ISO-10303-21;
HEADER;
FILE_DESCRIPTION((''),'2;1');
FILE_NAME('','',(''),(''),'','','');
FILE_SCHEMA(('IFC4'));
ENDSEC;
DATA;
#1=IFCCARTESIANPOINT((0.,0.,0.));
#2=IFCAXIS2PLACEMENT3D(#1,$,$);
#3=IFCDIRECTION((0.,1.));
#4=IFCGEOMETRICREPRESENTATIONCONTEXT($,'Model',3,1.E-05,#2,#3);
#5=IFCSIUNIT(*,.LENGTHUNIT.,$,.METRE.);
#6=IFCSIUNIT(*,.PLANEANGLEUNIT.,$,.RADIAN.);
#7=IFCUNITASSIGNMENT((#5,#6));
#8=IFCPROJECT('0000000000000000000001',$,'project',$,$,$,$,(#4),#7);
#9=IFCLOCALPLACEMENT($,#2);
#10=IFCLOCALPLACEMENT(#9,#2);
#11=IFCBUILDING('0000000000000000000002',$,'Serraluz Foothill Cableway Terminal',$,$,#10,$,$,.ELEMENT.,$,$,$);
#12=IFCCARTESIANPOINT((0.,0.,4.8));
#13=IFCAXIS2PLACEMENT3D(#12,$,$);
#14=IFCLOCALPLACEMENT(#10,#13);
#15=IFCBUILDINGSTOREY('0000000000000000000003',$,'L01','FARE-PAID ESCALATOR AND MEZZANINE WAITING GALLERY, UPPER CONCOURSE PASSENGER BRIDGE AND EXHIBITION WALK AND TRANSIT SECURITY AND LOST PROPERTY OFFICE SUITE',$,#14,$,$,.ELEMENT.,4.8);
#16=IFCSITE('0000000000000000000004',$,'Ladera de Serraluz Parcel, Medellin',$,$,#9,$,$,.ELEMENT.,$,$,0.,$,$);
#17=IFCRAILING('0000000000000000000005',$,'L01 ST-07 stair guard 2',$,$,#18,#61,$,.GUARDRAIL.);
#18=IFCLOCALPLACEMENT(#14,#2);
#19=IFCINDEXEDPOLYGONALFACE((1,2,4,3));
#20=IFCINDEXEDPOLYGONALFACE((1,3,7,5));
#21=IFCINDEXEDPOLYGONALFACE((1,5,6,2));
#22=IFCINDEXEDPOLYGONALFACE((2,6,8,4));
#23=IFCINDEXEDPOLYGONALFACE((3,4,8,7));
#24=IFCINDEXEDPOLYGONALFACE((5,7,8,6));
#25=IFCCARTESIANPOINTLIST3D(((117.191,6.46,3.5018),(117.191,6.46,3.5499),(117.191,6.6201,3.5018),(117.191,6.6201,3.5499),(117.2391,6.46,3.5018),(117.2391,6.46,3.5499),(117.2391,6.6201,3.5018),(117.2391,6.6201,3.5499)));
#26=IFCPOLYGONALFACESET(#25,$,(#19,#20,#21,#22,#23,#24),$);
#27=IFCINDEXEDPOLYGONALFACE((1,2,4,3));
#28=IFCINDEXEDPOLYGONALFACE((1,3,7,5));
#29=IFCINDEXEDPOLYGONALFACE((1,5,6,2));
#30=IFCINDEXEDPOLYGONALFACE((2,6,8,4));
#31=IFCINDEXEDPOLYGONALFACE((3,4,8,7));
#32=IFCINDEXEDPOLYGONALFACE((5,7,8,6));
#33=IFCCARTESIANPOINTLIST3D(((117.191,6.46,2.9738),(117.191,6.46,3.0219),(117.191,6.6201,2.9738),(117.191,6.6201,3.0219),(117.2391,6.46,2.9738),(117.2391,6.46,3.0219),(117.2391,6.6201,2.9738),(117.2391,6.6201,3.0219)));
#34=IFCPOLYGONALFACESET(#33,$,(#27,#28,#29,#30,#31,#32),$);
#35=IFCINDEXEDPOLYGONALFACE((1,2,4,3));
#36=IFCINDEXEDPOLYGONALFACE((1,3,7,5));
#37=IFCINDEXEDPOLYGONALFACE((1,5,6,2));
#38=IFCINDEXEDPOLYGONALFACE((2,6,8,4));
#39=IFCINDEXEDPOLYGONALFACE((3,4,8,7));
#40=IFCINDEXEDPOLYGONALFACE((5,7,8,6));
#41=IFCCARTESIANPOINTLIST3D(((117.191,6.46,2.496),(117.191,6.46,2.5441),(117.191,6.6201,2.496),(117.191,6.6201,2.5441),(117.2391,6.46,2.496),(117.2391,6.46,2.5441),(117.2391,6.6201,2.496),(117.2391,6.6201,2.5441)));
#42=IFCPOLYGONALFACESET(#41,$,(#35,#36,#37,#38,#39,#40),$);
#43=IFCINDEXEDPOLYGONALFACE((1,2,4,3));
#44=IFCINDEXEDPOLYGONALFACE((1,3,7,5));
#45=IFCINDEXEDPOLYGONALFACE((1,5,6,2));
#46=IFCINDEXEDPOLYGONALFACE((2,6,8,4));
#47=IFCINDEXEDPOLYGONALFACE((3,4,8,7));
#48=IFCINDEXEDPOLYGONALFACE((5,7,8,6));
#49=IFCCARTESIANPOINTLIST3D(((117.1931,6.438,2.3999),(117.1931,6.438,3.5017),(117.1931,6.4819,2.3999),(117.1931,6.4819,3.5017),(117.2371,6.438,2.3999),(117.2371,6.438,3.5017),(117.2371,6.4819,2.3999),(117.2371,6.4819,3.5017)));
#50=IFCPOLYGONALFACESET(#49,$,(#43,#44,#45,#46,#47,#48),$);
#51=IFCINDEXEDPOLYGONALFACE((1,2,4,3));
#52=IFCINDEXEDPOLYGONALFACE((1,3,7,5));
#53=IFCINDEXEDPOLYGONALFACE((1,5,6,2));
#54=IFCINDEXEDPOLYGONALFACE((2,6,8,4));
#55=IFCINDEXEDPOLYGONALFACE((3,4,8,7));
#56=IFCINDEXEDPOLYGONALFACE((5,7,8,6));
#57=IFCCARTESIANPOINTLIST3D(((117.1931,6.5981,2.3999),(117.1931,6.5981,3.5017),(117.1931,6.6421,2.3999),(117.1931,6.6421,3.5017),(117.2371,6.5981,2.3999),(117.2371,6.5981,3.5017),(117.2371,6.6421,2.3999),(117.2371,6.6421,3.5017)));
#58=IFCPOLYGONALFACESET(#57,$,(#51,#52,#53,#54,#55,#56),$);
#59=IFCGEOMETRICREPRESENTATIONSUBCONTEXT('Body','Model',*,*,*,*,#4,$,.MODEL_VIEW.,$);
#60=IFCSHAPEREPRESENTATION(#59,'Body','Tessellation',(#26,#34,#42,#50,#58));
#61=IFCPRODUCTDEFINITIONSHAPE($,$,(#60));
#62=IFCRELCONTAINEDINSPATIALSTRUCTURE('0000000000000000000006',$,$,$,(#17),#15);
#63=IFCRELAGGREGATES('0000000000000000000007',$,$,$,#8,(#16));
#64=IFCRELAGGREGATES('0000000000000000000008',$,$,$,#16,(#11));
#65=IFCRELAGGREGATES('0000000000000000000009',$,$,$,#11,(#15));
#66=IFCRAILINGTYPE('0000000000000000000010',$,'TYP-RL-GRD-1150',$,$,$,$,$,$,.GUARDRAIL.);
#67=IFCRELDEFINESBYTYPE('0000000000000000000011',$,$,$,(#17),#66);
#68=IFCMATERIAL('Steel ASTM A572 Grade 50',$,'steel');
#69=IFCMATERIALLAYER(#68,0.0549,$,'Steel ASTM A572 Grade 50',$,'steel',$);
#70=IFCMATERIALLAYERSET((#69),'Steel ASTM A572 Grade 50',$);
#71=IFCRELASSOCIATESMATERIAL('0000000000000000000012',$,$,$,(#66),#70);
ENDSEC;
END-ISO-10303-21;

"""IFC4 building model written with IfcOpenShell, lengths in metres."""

from ifc_helpers import new_model, si_unit, direction, frame, origin, origin_2d, place, context, subcontext, project, spatial, rectangle, extrude, material, layer, layer_set, type_object, element, save


model = new_model("IFC4")

# Units and contexts
model_context = context("Model", 3, precision=1e-05, world=origin(), true_north=direction((0.0, 1.0)))
body_context = subcontext(model_context, "Body", "Model", "MODEL_VIEW")
ifc_project = project(units=[si_unit("LENGTHUNIT", "METRE"), si_unit("PLANEANGLEUNIT", "RADIAN")], contexts=[model_context])

# Site, building, storey
site_placement = place(None, origin())
site = spatial("IfcSite", under=ifc_project, at=site_placement, Name="Ladera de Serraluz Parcel, Medellin", CompositionType="ELEMENT", RefElevation=0.0)
building_placement = place(site_placement, origin())
building = spatial("IfcBuilding", under=site, at=building_placement, Name="Serraluz Foothill Cableway Terminal", CompositionType="ELEMENT")
storey_placement = place(building_placement, frame((0.0, 0.0, 4.8)))
storey = spatial("IfcBuildingStorey", under=building, at=storey_placement, Name="L01", Description="FARE-PAID ESCALATOR AND MEZZANINE WAITING GALLERY, UPPER CONCOURSE PASSENGER BRIDGE AND EXHIBITION WALK AND TRANSIT SECURITY AND LOST PROPERTY OFFICE SUITE", CompositionType="ELEMENT", Elevation=4.8)

# Railing
ifc_material_1 = material(Name="Steel ASTM A572 Grade 50", Category="steel")
ifc_layer_1 = layer(ifc_material_1, 0.0549, Name="Steel ASTM A572 Grade 50", Category="steel")
ifc_layer_set_1 = layer_set([ifc_layer_1], Name="Steel ASTM A572 Grade 50")
railing_type_1 = type_object("IfcRailingType", Name="TYP-RL-GRD-1150", PredefinedType="GUARDRAIL", material=ifc_layer_set_1)
railing_1_placement = place(storey_placement, frame((117.2151, 6.46, 2.3999)))
element("IfcRailing", 1, at=railing_1_placement, inside=storey, type_object=railing_type_1, Name="L01 ST-07 stair guard 2", PredefinedType="GUARDRAIL", context=body_context, shape_type="SweptSolid", body=[
    extrude(rectangle(XDim=0.0481, YDim=0.0481, at=origin_2d()), frame((0.0, 0.0, 1.126), z_axis=(0.0, 1.0, 0.0), x_axis=(-1.0, 0.0, 0.0)), (0.0, 0.0, 1.0), 0.1602),
    extrude(rectangle(XDim=0.0481, YDim=0.0481, at=origin_2d()), frame((0.0, 0.0, 0.5979), z_axis=(0.0, 1.0, 0.0), x_axis=(-1.0, 0.0, 0.0)), (0.0, 0.0, 1.0), 0.1602),
    extrude(rectangle(XDim=0.0481, YDim=0.0481, at=origin_2d()), frame((0.0, 0.0, 0.1201), z_axis=(0.0, 1.0, 0.0), x_axis=(-1.0, 0.0, 0.0)), (0.0, 0.0, 1.0), 0.1602),
    extrude(rectangle(XDim=0.0439, YDim=0.0439, at=origin_2d()), origin(), (0.0, 0.0, 1.0), 1.1018),
    extrude(rectangle(XDim=0.0439, YDim=0.0439, at=origin_2d()), frame((0.0, 0.1602, 0.0)), (0.0, 0.0, 1.0), 1.1018),
])

save(model, "model.ifc")
